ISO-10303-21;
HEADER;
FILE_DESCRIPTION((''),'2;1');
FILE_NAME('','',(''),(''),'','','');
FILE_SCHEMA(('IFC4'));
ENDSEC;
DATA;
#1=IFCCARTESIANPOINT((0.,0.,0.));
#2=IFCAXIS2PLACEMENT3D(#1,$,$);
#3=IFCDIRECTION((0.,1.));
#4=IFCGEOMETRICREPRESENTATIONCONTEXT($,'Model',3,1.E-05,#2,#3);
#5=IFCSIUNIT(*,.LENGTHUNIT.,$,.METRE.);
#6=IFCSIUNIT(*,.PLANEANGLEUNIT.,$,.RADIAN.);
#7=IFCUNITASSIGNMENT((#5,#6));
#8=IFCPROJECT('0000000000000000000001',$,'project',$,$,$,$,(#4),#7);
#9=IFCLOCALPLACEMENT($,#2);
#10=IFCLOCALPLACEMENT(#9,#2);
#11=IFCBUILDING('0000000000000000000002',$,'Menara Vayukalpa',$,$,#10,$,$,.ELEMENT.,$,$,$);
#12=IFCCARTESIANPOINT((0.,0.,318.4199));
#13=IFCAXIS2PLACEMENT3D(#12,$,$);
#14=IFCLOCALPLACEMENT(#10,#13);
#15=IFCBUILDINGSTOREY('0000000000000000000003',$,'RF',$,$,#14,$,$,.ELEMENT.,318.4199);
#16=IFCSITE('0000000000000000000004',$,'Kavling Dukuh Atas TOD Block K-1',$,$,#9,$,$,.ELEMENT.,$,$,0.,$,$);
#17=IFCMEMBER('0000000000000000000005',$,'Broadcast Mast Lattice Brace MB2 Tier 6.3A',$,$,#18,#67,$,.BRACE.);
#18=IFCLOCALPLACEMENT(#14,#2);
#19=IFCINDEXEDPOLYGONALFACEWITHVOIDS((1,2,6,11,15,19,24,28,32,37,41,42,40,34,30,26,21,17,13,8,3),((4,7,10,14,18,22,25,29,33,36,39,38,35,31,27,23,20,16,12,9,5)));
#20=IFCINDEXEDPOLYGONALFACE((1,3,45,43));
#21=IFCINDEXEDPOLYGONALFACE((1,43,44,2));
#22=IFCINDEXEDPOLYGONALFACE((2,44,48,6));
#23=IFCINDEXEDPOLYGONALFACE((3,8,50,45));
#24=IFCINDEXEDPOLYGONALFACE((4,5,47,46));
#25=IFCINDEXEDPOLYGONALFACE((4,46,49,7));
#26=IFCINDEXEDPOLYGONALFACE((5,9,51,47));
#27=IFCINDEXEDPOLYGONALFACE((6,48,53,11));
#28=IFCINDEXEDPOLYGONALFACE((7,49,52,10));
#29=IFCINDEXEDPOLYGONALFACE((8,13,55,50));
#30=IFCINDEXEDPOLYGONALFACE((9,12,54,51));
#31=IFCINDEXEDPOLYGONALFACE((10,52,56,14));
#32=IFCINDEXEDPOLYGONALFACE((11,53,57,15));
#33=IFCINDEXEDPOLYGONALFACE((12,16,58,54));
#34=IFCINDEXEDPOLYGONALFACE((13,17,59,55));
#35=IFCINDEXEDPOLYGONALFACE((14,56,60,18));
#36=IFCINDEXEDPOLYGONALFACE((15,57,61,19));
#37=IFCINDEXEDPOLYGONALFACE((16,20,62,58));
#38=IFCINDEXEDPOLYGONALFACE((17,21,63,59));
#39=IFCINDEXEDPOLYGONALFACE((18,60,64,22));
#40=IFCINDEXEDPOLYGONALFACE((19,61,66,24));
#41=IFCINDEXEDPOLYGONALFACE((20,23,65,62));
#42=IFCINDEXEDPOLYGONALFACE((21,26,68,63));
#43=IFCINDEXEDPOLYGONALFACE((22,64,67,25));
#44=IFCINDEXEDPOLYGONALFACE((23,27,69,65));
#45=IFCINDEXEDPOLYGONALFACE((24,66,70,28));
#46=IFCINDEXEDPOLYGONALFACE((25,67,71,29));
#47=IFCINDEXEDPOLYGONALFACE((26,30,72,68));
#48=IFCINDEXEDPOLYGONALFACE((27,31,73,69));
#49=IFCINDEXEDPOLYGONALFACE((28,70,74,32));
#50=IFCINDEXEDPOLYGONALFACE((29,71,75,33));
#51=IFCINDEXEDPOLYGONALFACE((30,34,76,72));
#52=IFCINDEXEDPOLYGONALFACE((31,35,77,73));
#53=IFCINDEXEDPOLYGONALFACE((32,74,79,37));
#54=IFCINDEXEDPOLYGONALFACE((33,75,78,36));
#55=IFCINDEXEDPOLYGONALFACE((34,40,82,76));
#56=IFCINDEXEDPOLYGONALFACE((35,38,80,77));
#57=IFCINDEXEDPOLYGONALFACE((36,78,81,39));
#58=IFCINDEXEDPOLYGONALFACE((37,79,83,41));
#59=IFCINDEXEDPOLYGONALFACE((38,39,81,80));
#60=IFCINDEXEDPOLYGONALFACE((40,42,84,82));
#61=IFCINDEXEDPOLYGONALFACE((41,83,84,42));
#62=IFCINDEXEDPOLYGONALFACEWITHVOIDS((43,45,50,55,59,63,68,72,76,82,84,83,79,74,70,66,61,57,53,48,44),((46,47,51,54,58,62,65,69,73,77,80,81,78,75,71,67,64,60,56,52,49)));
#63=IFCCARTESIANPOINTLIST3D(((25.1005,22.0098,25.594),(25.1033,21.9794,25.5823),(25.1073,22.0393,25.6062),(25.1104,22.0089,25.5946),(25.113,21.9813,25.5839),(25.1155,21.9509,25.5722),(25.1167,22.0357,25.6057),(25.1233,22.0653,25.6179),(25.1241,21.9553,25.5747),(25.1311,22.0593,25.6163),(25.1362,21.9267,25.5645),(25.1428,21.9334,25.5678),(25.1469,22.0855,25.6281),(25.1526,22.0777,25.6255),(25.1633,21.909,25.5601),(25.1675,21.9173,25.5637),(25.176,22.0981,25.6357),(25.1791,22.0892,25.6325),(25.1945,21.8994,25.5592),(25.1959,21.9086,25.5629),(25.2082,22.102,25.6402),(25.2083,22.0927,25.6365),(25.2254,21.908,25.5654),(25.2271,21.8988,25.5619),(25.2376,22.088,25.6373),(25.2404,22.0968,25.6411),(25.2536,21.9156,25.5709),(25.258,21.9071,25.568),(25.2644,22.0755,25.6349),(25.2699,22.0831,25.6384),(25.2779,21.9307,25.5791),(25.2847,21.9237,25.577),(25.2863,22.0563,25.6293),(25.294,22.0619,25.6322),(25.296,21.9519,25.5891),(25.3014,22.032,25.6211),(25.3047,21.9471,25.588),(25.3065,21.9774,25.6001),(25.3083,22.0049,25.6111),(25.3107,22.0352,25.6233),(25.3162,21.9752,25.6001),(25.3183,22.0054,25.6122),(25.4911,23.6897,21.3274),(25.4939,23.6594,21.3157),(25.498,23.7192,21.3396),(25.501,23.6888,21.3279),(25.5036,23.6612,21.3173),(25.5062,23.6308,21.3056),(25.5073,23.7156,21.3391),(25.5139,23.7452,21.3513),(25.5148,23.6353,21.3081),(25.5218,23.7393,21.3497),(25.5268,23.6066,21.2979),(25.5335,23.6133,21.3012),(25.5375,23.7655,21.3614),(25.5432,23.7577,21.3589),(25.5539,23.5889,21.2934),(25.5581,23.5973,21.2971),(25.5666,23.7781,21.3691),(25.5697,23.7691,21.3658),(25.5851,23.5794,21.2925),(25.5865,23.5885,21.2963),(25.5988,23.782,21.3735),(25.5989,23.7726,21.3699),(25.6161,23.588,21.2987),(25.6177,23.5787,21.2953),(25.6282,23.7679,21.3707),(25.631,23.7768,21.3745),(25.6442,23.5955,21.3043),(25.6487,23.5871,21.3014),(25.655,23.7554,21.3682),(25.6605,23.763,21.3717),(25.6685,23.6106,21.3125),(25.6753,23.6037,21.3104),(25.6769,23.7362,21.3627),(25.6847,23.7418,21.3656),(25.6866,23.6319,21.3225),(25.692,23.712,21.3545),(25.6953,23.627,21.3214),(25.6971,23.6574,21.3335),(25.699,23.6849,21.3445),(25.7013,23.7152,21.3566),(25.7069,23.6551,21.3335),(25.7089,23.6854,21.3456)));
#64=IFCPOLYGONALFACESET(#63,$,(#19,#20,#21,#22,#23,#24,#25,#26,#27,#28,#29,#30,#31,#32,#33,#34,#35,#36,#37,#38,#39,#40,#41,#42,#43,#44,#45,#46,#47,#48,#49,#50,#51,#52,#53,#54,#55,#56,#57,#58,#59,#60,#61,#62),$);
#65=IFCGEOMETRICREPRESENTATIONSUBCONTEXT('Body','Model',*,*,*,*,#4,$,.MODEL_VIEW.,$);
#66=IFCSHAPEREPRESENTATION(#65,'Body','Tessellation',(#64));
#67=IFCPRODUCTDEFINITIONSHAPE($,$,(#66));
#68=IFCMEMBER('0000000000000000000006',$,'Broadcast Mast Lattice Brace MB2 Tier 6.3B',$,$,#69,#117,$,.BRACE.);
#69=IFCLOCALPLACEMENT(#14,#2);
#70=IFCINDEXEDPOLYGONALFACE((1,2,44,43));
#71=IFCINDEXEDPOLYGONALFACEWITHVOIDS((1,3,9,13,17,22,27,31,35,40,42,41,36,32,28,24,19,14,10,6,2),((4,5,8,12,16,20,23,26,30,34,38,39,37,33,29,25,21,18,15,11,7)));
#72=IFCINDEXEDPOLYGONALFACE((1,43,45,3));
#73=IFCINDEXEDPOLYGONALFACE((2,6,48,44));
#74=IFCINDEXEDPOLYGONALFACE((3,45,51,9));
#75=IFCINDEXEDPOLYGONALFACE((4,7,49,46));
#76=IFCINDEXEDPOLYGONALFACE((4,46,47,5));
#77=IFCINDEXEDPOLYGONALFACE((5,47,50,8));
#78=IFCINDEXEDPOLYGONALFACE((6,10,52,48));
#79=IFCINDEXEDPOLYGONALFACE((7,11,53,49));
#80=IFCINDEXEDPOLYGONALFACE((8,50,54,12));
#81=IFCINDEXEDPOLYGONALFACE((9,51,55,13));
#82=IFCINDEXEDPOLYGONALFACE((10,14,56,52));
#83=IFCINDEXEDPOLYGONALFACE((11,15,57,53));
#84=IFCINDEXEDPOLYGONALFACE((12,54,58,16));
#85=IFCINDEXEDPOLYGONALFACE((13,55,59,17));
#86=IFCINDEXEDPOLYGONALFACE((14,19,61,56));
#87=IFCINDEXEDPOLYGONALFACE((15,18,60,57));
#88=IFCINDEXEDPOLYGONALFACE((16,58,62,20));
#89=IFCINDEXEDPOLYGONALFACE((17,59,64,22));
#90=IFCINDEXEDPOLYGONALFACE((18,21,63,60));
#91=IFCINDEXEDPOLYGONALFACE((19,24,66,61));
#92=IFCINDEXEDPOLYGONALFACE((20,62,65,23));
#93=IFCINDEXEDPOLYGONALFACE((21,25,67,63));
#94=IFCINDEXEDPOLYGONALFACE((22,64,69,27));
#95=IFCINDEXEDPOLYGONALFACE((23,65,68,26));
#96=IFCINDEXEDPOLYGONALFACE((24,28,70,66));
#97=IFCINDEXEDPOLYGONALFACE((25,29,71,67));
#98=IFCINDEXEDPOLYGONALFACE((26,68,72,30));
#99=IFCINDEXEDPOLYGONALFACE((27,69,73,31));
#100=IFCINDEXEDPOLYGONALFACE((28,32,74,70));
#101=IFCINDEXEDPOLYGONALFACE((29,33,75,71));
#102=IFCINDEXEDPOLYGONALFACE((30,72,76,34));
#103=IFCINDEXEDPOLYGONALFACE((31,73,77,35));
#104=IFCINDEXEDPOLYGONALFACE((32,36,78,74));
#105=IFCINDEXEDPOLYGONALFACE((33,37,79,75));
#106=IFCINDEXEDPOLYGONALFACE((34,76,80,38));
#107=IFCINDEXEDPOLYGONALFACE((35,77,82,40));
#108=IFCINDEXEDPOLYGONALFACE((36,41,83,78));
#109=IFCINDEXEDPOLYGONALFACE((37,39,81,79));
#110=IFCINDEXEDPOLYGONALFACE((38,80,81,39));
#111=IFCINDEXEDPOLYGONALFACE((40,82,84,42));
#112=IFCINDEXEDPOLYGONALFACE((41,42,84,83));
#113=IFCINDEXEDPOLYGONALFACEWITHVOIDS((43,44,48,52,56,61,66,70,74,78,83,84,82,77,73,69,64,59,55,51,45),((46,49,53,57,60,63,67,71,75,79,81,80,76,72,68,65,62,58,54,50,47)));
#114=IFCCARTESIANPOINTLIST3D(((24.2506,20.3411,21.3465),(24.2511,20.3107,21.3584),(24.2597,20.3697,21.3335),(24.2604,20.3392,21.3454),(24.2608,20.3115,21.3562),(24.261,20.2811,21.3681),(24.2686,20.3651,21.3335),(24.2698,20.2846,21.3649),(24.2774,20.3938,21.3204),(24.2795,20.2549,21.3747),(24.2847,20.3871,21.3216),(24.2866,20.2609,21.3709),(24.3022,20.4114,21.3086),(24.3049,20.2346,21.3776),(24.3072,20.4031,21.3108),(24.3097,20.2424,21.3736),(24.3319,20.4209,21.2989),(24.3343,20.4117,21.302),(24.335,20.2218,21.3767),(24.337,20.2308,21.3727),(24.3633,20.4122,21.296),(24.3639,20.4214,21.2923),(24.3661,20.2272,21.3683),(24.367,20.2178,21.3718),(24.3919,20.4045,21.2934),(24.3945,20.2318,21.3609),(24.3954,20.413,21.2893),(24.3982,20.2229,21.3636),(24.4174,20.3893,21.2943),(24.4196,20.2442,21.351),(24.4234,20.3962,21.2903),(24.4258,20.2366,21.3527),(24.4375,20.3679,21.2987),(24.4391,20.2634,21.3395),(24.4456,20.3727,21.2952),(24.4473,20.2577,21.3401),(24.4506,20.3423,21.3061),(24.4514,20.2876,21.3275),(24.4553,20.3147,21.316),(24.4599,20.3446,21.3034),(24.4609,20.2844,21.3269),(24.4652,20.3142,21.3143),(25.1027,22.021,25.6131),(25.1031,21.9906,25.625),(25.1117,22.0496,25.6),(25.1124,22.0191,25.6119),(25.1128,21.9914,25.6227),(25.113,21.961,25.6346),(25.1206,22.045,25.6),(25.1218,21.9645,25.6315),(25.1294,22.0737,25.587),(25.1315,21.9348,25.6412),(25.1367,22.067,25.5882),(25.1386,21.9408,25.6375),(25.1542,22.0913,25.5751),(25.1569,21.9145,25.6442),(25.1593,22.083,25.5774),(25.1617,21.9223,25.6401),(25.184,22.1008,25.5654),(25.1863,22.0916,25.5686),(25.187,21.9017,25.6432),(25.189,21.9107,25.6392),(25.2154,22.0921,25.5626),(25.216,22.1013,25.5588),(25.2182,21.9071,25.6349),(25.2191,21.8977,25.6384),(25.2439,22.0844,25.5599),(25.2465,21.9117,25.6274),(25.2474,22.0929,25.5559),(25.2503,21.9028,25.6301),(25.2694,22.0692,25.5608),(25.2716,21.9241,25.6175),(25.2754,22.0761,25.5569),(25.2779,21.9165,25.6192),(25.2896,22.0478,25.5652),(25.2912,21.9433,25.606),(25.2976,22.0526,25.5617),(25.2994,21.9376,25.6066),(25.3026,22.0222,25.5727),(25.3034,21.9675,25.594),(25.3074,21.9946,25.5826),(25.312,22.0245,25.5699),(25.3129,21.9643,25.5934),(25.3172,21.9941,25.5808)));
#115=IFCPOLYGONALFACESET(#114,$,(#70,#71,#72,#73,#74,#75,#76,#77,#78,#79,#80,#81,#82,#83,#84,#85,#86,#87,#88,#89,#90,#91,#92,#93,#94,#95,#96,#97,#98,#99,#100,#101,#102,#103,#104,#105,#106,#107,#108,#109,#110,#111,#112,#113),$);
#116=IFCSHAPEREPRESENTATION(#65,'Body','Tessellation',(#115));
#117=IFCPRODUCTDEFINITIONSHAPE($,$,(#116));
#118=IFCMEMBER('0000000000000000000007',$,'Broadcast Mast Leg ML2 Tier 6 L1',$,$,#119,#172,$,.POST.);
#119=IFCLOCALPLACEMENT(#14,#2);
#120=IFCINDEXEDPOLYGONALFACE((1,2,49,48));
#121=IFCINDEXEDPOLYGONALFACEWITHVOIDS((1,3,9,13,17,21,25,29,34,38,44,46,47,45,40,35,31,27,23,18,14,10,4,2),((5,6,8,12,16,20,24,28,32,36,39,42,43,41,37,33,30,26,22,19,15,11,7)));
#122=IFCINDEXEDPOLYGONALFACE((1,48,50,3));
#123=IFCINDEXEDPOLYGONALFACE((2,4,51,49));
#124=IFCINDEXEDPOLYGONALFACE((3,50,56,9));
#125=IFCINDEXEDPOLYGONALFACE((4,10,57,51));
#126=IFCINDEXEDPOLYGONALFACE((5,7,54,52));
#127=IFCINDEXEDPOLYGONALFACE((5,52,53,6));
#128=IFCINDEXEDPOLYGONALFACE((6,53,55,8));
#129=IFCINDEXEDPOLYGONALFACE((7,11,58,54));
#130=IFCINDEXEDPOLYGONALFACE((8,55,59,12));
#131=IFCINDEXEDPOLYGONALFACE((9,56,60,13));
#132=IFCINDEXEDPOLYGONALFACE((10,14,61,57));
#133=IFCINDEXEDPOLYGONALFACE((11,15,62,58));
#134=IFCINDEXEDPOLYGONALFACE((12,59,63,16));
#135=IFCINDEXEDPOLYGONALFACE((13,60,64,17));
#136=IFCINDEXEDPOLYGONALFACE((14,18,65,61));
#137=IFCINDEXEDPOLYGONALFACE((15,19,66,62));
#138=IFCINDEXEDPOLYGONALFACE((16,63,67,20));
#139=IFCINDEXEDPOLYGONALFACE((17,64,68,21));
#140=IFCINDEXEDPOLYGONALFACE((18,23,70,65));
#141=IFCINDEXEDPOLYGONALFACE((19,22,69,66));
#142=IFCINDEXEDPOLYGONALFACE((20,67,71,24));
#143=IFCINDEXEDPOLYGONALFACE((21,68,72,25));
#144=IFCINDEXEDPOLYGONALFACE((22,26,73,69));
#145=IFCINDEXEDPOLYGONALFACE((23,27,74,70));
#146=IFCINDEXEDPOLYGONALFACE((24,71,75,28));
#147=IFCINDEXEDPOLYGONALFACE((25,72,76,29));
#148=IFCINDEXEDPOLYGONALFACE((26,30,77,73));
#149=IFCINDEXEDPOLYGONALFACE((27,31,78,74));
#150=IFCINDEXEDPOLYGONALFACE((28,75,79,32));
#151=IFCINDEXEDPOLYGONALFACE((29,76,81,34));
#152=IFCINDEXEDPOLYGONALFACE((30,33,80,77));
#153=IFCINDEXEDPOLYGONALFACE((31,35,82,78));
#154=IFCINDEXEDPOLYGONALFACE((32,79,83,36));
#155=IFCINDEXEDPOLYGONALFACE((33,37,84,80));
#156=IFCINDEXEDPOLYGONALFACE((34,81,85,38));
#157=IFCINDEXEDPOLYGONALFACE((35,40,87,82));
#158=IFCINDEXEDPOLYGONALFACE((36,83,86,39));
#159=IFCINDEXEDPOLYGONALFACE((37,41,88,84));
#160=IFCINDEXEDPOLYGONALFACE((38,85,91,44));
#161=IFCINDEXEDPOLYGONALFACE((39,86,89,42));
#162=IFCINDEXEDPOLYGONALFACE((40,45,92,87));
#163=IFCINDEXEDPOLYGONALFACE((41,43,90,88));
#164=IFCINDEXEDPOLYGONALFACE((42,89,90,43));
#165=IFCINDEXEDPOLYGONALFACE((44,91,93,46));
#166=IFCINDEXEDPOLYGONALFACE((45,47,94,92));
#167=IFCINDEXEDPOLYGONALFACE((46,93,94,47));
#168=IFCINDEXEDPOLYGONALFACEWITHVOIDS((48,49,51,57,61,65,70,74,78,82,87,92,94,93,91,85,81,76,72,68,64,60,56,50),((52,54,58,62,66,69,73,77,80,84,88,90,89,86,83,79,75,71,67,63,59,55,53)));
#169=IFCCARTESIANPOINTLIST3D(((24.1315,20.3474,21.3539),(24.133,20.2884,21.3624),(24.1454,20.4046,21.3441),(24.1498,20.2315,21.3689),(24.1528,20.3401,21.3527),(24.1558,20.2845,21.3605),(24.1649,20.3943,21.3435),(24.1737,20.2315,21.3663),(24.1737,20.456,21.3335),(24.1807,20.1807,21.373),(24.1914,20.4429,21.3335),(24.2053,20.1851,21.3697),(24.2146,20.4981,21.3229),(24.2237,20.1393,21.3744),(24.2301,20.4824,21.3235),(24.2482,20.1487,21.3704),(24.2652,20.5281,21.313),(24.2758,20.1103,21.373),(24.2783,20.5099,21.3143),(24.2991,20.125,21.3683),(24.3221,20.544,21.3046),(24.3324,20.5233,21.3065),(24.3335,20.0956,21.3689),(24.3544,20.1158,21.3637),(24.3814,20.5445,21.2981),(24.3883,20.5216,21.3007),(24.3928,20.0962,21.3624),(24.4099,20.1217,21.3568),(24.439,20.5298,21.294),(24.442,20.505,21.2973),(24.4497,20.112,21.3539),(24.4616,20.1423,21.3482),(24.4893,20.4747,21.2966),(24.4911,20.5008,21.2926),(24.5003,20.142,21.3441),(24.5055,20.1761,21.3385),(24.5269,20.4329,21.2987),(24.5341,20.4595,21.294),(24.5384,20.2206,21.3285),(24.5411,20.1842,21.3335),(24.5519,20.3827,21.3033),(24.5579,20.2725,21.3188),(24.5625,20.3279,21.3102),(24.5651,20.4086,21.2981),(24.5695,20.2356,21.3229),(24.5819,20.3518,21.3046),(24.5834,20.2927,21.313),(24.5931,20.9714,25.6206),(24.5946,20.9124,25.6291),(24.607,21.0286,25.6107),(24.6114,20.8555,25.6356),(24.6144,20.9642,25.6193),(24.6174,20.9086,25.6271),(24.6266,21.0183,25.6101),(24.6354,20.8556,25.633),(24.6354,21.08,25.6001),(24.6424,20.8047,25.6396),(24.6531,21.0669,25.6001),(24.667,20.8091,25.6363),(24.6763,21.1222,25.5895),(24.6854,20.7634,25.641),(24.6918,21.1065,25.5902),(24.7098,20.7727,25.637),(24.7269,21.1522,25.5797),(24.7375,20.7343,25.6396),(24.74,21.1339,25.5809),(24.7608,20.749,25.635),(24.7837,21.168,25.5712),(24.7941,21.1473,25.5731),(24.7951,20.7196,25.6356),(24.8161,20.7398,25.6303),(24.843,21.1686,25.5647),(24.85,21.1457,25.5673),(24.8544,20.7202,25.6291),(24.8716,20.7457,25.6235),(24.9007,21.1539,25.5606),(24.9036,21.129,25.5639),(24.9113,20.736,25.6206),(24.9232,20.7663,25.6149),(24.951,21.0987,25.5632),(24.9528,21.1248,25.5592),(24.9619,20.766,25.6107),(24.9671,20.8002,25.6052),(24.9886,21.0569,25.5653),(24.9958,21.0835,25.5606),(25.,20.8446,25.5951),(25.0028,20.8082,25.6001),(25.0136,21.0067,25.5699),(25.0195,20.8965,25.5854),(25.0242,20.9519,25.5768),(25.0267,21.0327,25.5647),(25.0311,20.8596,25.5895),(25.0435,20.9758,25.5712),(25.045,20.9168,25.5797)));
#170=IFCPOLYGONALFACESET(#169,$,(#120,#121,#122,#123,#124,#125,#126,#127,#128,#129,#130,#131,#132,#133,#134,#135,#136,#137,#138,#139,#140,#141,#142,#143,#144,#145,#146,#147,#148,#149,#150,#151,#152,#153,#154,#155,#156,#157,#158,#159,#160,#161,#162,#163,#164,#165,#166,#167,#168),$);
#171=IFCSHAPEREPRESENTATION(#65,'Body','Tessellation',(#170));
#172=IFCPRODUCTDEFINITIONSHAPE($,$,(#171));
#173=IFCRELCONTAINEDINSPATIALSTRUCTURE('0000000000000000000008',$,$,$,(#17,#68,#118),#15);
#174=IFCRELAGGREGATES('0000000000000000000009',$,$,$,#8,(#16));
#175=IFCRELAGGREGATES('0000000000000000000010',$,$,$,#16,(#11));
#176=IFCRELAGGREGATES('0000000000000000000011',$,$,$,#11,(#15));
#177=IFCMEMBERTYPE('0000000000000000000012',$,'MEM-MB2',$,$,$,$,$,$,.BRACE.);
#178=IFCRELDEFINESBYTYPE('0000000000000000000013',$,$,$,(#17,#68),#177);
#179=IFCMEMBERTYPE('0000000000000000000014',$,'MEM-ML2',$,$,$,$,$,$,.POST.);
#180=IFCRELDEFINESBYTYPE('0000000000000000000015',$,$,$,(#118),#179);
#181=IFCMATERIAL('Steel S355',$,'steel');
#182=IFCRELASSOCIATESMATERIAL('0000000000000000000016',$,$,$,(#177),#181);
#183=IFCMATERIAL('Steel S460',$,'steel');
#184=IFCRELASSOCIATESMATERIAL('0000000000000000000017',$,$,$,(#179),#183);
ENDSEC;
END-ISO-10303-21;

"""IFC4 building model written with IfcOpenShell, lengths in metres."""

from ifc_helpers import new_model, si_unit, direction, frame, origin, origin_2d, place, context, subcontext, project, spatial, hollow_circle, extrude, material, material_profile, profile_set, type_object, element, save


model = new_model("IFC4")

# Units and contexts
model_context = context("Model", 3, precision=1e-05, world=origin(), true_north=direction((0.0, 1.0)))
body_context = subcontext(model_context, "Body", "Model", "MODEL_VIEW")
ifc_project = project(units=[si_unit("LENGTHUNIT", "METRE"), si_unit("PLANEANGLEUNIT", "RADIAN")], contexts=[model_context])

# Site, building, storey
site_placement = place(None, origin())
site = spatial("IfcSite", under=ifc_project, at=site_placement, Name="Kavling Dukuh Atas TOD Block K-1", CompositionType="ELEMENT", RefElevation=0.0)
building_placement = place(site_placement, origin())
building = spatial("IfcBuilding", under=site, at=building_placement, Name="Menara Vayukalpa", CompositionType="ELEMENT")
storey_placement = place(building_placement, frame((0.0, 0.0, 318.4199)))
storey = spatial("IfcBuildingStorey", under=building, at=storey_placement, Name="RF", CompositionType="ELEMENT", Elevation=318.4199)

# Members
ifc_material_1 = material(Name="Steel S355", Category="steel")
ifc_material_profile_1 = material_profile(ifc_material_1, hollow_circle(Radius=0.1096, WallThickness=0.01, at=origin_2d()), Name="CHS 219.1x10")
ifc_profile_set_1 = profile_set([ifc_material_profile_1], Name="Steel S355")
member_type_1 = type_object("IfcMemberType", Name="MEM-MB2", PredefinedType="BRACE", material=ifc_profile_set_1)
for number, where, z_axis, x_axis, name in (
    (1, (25.6001, 23.6799, 21.3335), (-0.084881, -0.365042, 0.927114), (0.974015, -0.226482, 0.0), "Broadcast Mast Lattice Brace MB2 Tier 6.3A"),
):
    element("IfcMember", number, at=place(storey_placement, frame(where, z_axis=z_axis, x_axis=x_axis)), inside=storey, type_object=member_type_1, Name=name, PredefinedType="BRACE", context=body_context, shape_type="SweptSolid", body=[
        extrude(hollow_circle(Radius=0.1096, WallThickness=0.01, at=origin_2d()), origin(), (0.0, 0.0, 1.0), 4.6021),
    ])
member_1_placement = place(storey_placement, frame((24.3574, 20.3201, 21.3335), z_axis=(0.18269, 0.360198, 0.914812), x_axis=(-0.891846, 0.452339, 0.0)))
element("IfcMember", 2, at=member_1_placement, inside=storey, type_object=member_type_1, Name="Broadcast Mast Lattice Brace MB2 Tier 6.3B", PredefinedType="BRACE", context=body_context, shape_type="SweptSolid", body=[
    extrude(hollow_circle(Radius=0.1096, WallThickness=0.01, at=origin_2d()), origin(), (0.0, 0.0, 1.0), 4.6638),
])
ifc_material_2 = material(Name="Steel S460", Category="steel")
ifc_material_profile_2 = material_profile(ifc_material_2, hollow_circle(Radius=0.2285, WallThickness=0.022, at=origin_2d()), Name="CHS 457.2x22")
ifc_profile_set_2 = profile_set([ifc_material_profile_2], Name="Steel S460")
member_type_2 = type_object("IfcMemberType", Name="MEM-ML2", PredefinedType="POST", material=ifc_profile_set_2)
for number, where, z_axis, x_axis, name in (
    (3, (24.3574, 20.3201, 21.3335), (0.106458, 0.143896, 0.98385), (-0.803908, 0.594754, 0.0), "Broadcast Mast Leg ML2 Tier 6 L1"),
):
    element("IfcMember", number, at=place(storey_placement, frame(where, z_axis=z_axis, x_axis=x_axis)), inside=storey, type_object=member_type_2, Name=name, PredefinedType="POST", context=body_context, shape_type="SweptSolid", body=[
        extrude(hollow_circle(Radius=0.2285, WallThickness=0.022, at=origin_2d()), origin(), (0.0, 0.0, 1.0), 4.3367),
    ])

save(model, "model.ifc")
